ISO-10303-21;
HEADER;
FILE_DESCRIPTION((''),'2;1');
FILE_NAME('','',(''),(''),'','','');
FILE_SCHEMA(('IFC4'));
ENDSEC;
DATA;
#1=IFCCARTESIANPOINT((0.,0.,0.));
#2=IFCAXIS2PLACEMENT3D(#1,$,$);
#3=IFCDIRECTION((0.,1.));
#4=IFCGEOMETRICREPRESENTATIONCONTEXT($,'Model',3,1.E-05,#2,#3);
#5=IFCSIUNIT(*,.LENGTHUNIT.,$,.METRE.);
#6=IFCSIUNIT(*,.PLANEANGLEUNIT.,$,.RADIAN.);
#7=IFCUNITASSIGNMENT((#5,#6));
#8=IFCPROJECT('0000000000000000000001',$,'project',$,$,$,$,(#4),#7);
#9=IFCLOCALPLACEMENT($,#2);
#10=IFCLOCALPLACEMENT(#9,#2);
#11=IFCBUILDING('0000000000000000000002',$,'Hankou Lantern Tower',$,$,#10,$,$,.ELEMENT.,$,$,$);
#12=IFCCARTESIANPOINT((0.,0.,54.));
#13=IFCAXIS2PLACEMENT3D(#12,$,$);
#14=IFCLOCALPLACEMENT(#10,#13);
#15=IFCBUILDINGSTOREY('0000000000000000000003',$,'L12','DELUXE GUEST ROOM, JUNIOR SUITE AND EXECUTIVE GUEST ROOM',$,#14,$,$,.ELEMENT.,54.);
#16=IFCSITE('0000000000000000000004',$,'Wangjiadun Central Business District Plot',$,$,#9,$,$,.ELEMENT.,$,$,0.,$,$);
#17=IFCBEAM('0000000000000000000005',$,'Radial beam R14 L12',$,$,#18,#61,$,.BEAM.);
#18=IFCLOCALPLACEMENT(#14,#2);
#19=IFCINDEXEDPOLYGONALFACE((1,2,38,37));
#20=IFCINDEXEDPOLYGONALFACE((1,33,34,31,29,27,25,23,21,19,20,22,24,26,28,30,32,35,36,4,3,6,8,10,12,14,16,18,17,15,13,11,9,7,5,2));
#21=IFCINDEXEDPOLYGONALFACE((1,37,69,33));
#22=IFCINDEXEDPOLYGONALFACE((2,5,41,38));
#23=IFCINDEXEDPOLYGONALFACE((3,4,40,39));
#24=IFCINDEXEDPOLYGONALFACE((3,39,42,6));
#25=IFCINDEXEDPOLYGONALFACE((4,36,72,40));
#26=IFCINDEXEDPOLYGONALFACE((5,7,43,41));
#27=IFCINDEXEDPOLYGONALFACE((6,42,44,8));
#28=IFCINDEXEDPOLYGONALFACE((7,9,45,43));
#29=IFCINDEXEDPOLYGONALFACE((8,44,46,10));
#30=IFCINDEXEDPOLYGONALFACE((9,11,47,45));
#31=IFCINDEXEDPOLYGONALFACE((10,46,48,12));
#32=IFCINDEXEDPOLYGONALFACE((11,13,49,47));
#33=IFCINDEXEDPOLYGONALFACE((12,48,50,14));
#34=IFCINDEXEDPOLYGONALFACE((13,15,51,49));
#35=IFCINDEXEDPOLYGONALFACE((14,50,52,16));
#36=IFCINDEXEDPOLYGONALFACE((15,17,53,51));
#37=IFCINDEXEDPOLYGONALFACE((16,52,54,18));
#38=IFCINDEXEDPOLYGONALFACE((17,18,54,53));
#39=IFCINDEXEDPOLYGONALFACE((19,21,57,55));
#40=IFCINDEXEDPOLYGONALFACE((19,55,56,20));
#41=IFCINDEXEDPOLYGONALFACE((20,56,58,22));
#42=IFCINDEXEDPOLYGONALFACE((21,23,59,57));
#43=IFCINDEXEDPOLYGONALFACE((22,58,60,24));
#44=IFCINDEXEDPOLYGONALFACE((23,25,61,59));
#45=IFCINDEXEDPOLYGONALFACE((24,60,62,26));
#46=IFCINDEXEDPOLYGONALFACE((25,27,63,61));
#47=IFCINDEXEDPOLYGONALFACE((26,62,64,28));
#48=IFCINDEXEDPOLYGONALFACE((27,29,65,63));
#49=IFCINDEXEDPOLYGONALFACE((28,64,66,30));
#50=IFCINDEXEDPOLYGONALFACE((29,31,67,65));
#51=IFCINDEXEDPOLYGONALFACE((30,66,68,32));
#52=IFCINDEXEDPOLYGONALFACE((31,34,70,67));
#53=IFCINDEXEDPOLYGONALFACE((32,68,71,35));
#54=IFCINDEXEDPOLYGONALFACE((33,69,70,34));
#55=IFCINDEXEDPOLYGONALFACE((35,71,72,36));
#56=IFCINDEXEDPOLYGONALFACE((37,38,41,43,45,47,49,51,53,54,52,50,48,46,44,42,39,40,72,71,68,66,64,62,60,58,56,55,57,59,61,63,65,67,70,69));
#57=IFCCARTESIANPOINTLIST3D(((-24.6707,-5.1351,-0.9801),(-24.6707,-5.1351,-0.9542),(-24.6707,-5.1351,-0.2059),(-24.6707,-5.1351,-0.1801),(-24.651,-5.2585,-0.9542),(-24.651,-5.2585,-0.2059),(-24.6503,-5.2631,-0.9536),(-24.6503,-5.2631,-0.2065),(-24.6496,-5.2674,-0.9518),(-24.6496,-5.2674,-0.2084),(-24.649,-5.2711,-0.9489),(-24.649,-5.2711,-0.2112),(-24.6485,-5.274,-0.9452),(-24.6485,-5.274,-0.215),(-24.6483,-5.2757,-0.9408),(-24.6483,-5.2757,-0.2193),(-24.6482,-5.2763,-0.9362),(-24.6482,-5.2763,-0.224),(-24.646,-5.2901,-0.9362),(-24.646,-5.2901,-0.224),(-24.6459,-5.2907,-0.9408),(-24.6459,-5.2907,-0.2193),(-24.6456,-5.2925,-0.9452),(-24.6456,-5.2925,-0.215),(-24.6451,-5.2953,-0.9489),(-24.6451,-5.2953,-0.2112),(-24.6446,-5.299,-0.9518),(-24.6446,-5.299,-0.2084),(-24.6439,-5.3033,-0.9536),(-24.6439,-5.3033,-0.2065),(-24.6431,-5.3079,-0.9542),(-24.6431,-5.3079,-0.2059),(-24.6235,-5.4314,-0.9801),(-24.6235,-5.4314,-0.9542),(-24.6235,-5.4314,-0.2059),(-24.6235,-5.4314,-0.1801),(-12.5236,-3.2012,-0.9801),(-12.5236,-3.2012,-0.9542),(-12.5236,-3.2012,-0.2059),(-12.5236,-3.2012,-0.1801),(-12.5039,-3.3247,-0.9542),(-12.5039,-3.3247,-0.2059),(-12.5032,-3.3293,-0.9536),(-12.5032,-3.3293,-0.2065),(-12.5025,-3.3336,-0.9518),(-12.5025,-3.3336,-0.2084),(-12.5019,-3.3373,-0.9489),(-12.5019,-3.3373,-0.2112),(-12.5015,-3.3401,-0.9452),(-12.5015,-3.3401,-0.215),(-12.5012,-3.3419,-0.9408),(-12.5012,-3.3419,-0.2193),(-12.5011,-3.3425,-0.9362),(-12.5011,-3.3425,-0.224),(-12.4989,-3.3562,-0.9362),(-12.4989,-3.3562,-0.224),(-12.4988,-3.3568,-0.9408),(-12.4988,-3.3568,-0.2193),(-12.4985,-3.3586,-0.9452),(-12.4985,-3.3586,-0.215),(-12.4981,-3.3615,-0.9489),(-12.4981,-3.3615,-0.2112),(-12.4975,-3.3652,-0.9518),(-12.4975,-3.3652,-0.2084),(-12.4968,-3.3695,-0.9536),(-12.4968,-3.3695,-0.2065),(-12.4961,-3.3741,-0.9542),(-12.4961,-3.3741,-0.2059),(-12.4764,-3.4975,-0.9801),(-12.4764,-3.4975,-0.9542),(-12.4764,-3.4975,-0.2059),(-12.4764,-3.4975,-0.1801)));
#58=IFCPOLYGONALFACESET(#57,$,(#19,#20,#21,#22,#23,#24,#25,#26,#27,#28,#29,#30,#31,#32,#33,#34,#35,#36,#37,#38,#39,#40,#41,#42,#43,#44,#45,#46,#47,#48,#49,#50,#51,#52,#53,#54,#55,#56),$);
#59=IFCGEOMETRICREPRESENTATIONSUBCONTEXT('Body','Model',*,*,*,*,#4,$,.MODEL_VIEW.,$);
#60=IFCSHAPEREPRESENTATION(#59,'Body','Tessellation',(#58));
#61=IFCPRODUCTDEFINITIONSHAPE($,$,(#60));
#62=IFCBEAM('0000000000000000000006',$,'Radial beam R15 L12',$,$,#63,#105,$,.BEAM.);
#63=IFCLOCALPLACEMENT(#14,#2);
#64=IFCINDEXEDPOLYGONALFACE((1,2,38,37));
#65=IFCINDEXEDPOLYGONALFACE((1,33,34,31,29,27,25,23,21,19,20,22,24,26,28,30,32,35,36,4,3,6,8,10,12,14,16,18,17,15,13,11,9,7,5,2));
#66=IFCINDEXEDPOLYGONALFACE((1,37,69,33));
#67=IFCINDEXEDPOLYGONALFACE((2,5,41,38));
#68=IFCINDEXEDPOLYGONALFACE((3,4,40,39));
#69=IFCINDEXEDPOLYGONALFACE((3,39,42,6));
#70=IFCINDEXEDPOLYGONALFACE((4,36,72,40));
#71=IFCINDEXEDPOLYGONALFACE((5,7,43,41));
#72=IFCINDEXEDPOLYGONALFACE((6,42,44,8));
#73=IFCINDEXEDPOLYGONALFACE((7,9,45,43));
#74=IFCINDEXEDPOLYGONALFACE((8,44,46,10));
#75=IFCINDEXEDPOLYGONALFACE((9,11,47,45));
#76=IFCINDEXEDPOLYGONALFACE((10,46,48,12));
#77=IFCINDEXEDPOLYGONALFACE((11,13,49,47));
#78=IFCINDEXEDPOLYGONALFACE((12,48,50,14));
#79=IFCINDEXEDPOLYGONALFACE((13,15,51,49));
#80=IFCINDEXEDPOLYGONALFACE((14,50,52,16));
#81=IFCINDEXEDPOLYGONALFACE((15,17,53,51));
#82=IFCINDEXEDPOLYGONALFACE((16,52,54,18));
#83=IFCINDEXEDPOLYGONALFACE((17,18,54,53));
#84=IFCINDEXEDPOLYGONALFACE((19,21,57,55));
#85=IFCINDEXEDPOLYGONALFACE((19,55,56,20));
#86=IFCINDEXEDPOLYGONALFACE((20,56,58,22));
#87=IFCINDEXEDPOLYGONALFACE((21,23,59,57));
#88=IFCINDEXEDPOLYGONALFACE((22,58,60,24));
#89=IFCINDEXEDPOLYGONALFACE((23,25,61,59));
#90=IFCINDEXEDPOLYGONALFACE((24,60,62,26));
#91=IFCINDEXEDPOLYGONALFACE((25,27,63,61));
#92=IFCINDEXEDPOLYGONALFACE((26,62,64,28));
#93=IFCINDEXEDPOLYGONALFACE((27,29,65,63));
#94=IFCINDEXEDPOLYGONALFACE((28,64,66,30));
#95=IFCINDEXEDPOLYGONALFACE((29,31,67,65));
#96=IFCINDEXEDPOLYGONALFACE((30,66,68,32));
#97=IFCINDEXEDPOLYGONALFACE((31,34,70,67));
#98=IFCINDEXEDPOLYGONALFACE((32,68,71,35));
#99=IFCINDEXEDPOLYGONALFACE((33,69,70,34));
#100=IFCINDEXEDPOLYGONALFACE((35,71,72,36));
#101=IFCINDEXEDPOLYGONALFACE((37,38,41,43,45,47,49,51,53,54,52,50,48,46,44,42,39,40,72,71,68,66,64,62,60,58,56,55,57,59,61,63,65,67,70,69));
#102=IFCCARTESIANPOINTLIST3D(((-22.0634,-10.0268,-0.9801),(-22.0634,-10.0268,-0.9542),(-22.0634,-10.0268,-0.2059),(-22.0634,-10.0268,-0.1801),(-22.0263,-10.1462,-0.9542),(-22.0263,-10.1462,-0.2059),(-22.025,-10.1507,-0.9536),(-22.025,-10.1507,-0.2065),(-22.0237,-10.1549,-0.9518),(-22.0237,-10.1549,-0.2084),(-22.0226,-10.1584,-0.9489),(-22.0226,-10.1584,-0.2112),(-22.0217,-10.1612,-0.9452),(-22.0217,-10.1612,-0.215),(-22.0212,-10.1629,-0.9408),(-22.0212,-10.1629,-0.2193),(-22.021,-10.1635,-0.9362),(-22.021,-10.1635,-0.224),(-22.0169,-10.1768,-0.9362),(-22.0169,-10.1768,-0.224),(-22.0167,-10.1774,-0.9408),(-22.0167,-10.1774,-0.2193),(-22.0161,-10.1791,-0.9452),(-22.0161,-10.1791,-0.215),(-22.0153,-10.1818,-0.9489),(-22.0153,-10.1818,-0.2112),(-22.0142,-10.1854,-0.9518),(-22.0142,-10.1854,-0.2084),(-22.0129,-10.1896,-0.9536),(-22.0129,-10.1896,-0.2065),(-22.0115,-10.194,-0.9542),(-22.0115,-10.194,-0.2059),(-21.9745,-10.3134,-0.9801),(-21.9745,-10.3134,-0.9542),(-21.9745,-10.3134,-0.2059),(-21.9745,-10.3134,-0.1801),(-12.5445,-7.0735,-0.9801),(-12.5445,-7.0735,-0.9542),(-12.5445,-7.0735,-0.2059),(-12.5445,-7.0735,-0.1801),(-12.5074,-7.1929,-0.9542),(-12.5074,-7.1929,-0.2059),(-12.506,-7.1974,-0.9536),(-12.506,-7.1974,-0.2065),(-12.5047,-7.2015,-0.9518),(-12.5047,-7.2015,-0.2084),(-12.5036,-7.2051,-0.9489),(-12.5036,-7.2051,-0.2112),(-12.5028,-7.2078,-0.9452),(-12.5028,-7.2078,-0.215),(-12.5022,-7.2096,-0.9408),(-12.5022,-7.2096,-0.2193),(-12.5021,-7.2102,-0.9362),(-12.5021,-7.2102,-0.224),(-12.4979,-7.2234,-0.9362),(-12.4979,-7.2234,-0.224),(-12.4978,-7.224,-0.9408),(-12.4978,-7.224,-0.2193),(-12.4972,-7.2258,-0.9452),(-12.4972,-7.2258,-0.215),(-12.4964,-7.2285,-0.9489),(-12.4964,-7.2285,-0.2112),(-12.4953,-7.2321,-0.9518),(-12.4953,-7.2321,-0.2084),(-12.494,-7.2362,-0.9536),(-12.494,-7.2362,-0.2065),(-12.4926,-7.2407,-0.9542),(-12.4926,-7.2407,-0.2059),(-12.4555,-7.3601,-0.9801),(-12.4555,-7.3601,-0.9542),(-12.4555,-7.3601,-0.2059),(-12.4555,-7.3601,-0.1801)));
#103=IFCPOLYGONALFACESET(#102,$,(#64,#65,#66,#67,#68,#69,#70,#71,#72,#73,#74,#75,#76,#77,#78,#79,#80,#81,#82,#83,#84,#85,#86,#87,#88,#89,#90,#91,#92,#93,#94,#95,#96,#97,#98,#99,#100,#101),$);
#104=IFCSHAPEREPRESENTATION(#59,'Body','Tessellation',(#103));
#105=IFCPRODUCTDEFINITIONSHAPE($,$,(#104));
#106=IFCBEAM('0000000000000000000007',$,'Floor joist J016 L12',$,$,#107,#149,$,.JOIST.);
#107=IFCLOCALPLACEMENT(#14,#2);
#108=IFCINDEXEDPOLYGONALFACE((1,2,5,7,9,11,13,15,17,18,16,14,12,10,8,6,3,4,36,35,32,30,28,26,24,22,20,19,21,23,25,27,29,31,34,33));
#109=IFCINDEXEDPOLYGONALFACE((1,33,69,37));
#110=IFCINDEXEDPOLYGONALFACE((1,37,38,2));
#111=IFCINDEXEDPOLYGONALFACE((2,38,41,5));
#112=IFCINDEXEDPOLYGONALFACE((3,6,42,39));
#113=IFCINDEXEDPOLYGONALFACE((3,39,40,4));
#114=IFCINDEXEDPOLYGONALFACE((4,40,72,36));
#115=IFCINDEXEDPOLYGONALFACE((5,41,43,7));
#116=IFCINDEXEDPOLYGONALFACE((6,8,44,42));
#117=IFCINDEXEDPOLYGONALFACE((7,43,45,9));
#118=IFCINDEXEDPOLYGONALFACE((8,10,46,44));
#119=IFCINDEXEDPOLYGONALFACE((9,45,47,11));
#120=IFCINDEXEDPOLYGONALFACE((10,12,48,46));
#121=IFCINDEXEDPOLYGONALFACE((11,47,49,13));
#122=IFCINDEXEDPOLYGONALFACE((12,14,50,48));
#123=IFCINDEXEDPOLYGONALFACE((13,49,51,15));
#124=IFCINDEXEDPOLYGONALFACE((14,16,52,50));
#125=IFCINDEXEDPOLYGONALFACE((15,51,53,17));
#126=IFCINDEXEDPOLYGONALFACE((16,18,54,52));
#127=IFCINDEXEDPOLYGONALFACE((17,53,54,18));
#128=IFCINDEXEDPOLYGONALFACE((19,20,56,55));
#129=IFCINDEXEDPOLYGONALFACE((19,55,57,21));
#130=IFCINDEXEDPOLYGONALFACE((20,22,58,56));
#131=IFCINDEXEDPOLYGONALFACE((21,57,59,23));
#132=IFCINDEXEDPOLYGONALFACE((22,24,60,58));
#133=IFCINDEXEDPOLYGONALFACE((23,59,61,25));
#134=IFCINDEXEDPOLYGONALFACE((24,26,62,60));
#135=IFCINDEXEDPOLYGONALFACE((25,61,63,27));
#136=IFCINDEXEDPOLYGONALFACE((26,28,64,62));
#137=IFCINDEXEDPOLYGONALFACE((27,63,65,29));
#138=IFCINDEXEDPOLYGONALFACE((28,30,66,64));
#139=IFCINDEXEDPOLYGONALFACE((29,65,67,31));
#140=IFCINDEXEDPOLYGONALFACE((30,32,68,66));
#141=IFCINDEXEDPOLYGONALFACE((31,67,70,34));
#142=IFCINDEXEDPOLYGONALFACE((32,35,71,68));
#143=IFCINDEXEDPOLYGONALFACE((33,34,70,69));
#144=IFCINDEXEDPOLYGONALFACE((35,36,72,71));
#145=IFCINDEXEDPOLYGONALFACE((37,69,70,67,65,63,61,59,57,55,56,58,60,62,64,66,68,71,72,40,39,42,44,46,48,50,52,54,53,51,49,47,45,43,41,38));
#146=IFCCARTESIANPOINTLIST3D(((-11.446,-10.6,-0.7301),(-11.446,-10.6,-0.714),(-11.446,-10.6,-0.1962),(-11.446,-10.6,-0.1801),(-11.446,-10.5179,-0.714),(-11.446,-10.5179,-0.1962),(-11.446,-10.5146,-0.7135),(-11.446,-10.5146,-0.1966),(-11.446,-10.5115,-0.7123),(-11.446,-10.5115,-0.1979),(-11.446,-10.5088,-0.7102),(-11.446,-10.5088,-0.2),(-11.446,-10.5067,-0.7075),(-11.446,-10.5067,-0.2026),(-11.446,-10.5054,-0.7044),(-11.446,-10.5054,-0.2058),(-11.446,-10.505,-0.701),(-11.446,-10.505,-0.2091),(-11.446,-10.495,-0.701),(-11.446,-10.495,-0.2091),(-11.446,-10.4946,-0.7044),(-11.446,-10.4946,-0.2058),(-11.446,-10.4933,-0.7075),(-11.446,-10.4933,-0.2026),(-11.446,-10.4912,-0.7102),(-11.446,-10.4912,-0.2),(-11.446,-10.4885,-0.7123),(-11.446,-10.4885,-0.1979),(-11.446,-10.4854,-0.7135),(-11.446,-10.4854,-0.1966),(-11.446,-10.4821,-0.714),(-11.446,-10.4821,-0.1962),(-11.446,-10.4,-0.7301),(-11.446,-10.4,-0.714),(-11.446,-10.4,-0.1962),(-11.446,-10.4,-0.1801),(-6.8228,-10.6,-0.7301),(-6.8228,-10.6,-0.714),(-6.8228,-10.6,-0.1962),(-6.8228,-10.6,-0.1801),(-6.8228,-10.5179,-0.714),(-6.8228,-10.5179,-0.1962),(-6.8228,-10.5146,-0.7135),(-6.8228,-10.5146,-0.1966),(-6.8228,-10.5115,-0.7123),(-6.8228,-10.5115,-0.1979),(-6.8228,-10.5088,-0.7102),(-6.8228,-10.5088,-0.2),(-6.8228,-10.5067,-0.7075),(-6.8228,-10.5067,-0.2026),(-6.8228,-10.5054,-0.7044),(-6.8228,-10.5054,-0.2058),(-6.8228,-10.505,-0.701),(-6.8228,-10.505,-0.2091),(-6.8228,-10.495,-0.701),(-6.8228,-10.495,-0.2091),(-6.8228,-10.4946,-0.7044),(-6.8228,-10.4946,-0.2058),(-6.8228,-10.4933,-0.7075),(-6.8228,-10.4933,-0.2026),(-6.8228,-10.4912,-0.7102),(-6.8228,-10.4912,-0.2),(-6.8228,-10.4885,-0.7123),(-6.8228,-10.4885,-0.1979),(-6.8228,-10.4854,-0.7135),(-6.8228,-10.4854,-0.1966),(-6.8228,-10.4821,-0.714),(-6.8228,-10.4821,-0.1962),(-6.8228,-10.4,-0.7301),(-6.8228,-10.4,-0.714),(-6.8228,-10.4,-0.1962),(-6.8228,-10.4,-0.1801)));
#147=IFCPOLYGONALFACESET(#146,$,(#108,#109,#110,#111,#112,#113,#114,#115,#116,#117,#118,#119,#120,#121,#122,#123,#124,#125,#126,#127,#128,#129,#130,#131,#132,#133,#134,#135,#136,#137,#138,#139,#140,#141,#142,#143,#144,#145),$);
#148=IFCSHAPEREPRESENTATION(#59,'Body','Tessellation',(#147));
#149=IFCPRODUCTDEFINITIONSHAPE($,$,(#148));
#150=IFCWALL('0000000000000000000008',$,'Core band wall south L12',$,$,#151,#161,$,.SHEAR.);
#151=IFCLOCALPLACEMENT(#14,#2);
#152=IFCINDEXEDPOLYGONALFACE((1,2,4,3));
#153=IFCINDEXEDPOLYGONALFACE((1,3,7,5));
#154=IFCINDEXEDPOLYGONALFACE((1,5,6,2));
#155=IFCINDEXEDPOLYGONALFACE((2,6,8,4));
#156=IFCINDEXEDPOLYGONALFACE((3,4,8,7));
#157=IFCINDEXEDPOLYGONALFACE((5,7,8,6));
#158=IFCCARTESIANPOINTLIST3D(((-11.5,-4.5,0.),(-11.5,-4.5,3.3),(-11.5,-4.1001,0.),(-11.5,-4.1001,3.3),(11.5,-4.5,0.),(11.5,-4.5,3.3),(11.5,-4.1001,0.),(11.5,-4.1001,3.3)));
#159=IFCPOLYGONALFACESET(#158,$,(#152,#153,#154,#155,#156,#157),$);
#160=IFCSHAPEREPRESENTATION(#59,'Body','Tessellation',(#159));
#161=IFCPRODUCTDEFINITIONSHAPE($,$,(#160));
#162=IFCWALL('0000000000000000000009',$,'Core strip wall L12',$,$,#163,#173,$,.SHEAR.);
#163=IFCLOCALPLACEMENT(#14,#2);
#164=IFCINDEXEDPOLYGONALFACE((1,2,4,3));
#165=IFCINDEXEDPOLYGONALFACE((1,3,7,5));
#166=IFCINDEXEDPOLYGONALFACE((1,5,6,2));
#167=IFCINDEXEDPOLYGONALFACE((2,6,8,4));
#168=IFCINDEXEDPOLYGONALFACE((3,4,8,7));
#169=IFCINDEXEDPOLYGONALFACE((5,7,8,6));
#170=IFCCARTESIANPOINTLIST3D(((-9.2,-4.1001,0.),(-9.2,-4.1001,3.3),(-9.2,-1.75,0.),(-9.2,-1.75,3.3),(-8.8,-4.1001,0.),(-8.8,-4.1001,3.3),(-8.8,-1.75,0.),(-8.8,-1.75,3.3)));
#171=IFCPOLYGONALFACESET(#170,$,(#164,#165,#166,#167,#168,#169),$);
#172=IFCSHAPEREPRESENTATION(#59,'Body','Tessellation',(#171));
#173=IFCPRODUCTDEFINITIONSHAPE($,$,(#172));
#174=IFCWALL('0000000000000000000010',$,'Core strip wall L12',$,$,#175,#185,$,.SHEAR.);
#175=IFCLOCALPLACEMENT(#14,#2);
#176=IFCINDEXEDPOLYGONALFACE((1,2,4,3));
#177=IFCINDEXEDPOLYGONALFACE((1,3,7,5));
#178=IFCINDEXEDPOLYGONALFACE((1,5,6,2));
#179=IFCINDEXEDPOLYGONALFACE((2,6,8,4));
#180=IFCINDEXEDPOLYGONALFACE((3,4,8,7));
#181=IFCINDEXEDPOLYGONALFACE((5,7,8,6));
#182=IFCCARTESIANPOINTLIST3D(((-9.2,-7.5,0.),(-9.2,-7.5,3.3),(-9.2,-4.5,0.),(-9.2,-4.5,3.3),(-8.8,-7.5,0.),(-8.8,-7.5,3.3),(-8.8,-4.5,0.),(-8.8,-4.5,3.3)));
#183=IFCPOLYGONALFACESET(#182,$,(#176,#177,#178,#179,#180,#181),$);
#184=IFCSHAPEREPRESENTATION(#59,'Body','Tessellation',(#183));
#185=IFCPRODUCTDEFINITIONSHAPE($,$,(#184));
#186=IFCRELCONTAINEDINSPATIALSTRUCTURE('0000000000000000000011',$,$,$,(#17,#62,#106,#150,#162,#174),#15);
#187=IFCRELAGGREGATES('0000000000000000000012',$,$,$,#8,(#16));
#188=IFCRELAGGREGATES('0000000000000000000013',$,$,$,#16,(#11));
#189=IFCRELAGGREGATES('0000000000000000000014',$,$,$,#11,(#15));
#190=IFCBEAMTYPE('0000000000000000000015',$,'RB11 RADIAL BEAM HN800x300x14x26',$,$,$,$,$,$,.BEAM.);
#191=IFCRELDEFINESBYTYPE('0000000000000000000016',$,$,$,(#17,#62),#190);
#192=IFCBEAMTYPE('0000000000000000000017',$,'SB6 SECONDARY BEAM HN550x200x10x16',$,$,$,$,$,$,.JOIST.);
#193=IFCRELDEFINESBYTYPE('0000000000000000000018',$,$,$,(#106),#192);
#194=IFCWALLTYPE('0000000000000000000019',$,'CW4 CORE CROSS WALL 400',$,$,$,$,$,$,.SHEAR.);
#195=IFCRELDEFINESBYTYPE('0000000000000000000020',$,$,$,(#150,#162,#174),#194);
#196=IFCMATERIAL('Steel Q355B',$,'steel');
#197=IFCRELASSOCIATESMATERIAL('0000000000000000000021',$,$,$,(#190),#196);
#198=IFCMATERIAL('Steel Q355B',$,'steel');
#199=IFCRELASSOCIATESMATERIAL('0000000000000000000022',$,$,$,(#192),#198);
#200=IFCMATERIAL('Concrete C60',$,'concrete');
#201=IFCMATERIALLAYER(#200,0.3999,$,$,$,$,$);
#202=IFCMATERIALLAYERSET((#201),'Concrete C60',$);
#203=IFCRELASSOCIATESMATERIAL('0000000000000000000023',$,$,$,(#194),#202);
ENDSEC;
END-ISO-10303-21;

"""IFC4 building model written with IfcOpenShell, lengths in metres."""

from ifc_helpers import new_model, si_unit, direction, frame, frame_2d, origin, origin_2d, place, context, subcontext, project, spatial, rectangle, i_section, extrude, material, layer, layer_set, material_profile, profile_set, type_object, element, save


model = new_model("IFC4")

# Units and contexts
model_context = context("Model", 3, precision=1e-05, world=origin(), true_north=direction((0.0, 1.0)))
body_context = subcontext(model_context, "Body", "Model", "MODEL_VIEW")
ifc_project = project(units=[si_unit("LENGTHUNIT", "METRE"), si_unit("PLANEANGLEUNIT", "RADIAN")], contexts=[model_context])

# Site, building, storey
site_placement = place(None, origin())
site = spatial("IfcSite", under=ifc_project, at=site_placement, Name="Wangjiadun Central Business District Plot", CompositionType="ELEMENT", RefElevation=0.0)
building_placement = place(site_placement, origin())
building = spatial("IfcBuilding", under=site, at=building_placement, Name="Hankou Lantern Tower", CompositionType="ELEMENT")
storey_placement = place(building_placement, frame((0.0, 0.0, 54.0)))
storey = spatial("IfcBuildingStorey", under=building, at=storey_placement, Name="L12", Description="DELUXE GUEST ROOM, JUNIOR SUITE AND EXECUTIVE GUEST ROOM", CompositionType="ELEMENT", Elevation=54.0)

# Beams
ifc_material_1 = material(Name="Steel Q355B", Category="steel")
ifc_material_profile_1 = material_profile(ifc_material_1, i_section(OverallWidth=0.3, OverallDepth=0.8, WebThickness=0.0139, FlangeThickness=0.0259, FilletRadius=0.0181, at=origin_2d()), Name="HN800x300x14x26")
ifc_profile_set_1 = profile_set([ifc_material_profile_1], Name="Steel Q355B")
beam_type_1 = type_object("IfcBeamType", Name="RB11 RADIAL BEAM HN800x300x14x26", PredefinedType="BEAM", material=ifc_profile_set_1)
beam_1_placement = place(storey_placement, frame((-12.5, -3.3494, -0.5801), z_axis=(-0.987563, -0.157223, 0.0), x_axis=(0.157223, -0.987563, 0.0)))
element("IfcBeam", 1, at=beam_1_placement, inside=storey, type_object=beam_type_1, Name="Radial beam R14 L12", PredefinedType="BEAM", context=body_context, shape_type="SweptSolid", body=[
    extrude(i_section(OverallWidth=0.3, OverallDepth=0.8, WebThickness=0.0139, FlangeThickness=0.0259, FilletRadius=0.0181, at=origin_2d()), origin(), (0.0, 0.0, 1.0), 12.3),
])
beam_2_placement = place(storey_placement, frame((-12.5, -7.2168, -0.5801), z_axis=(-0.955087, -0.296324, 0.0), x_axis=(0.296324, -0.955087, 0.0)))
element("IfcBeam", 2, at=beam_2_placement, inside=storey, type_object=beam_type_1, Name="Radial beam R15 L12", PredefinedType="BEAM", context=body_context, shape_type="SweptSolid", body=[
    extrude(i_section(OverallWidth=0.3, OverallDepth=0.8, WebThickness=0.0139, FlangeThickness=0.0259, FilletRadius=0.0181, at=origin_2d()), origin(), (0.0, 0.0, 1.0), 9.9666),
])
ifc_material_2 = material(Name="Steel Q355B", Category="steel")
ifc_material_profile_2 = material_profile(ifc_material_2, i_section(OverallWidth=0.2, OverallDepth=0.55, WebThickness=0.01, FlangeThickness=0.0161, FilletRadius=0.0129, at=origin_2d()), Name="HN550x200x10x16")
ifc_profile_set_2 = profile_set([ifc_material_profile_2], Name="Steel Q355B")
beam_type_2 = type_object("IfcBeamType", Name="SB6 SECONDARY BEAM HN550x200x10x16", PredefinedType="JOIST", material=ifc_profile_set_2)
beam_3_placement = place(storey_placement, frame((-11.446, -10.5, -0.4551), z_axis=(1.0, 0.0, 0.0), x_axis=(0.0, 1.0, 0.0)))
element("IfcBeam", 3, at=beam_3_placement, inside=storey, type_object=beam_type_2, Name="Floor joist J016 L12", PredefinedType="JOIST", context=body_context, shape_type="SweptSolid", body=[
    extrude(i_section(OverallWidth=0.2, OverallDepth=0.55, WebThickness=0.01, FlangeThickness=0.0161, FilletRadius=0.0129, at=origin_2d()), origin(), (0.0, 0.0, 1.0), 4.6233),
])

# Walls
ifc_material_3 = material(Name="Concrete C60", Category="concrete")
ifc_layer_1 = layer(ifc_material_3, 0.3999)
ifc_layer_set_1 = layer_set([ifc_layer_1], Name="Concrete C60")
wall_type_1 = type_object("IfcWallType", Name="CW4 CORE CROSS WALL 400", PredefinedType="SHEAR", material=ifc_layer_set_1)
wall_1_placement = place(storey_placement, frame((-11.5, -4.3, 0.0), z_axis=(0.0, 0.0, 1.0), x_axis=(1.0, 0.0, 0.0)))
element("IfcWall", 4, at=wall_1_placement, inside=storey, type_object=wall_type_1, Name="Core band wall south L12", PredefinedType="SHEAR", context=body_context, shape_type="SweptSolid", body=[
    extrude(rectangle(XDim=23.0, YDim=0.3999, at=frame_2d((11.5, 0.0))), origin(), (0.0, 0.0, 1.0), 3.3),
])
wall_2_placement = place(storey_placement, frame((-9.0, -4.1001, 0.0), z_axis=(0.0, 0.0, 1.0), x_axis=(0.0, 1.0, 0.0)))
element("IfcWall", 5, at=wall_2_placement, inside=storey, type_object=wall_type_1, Name="Core strip wall L12", PredefinedType="SHEAR", context=body_context, shape_type="SweptSolid", body=[
    extrude(rectangle(XDim=2.3501, YDim=0.3999, at=frame_2d((1.175, 0.0))), origin(), (0.0, 0.0, 1.0), 3.3),
])
wall_3_placement = place(storey_placement, frame((-9.0, -7.5, 0.0), z_axis=(0.0, 0.0, 1.0), x_axis=(0.0, 1.0, 0.0)))
element("IfcWall", 6, at=wall_3_placement, inside=storey, type_object=wall_type_1, Name="Core strip wall L12", PredefinedType="SHEAR", context=body_context, shape_type="SweptSolid", body=[
    extrude(rectangle(XDim=3.0, YDim=0.3999, at=frame_2d((1.5, 0.0))), origin(), (0.0, 0.0, 1.0), 3.3),
])

save(model, "model.ifc")
